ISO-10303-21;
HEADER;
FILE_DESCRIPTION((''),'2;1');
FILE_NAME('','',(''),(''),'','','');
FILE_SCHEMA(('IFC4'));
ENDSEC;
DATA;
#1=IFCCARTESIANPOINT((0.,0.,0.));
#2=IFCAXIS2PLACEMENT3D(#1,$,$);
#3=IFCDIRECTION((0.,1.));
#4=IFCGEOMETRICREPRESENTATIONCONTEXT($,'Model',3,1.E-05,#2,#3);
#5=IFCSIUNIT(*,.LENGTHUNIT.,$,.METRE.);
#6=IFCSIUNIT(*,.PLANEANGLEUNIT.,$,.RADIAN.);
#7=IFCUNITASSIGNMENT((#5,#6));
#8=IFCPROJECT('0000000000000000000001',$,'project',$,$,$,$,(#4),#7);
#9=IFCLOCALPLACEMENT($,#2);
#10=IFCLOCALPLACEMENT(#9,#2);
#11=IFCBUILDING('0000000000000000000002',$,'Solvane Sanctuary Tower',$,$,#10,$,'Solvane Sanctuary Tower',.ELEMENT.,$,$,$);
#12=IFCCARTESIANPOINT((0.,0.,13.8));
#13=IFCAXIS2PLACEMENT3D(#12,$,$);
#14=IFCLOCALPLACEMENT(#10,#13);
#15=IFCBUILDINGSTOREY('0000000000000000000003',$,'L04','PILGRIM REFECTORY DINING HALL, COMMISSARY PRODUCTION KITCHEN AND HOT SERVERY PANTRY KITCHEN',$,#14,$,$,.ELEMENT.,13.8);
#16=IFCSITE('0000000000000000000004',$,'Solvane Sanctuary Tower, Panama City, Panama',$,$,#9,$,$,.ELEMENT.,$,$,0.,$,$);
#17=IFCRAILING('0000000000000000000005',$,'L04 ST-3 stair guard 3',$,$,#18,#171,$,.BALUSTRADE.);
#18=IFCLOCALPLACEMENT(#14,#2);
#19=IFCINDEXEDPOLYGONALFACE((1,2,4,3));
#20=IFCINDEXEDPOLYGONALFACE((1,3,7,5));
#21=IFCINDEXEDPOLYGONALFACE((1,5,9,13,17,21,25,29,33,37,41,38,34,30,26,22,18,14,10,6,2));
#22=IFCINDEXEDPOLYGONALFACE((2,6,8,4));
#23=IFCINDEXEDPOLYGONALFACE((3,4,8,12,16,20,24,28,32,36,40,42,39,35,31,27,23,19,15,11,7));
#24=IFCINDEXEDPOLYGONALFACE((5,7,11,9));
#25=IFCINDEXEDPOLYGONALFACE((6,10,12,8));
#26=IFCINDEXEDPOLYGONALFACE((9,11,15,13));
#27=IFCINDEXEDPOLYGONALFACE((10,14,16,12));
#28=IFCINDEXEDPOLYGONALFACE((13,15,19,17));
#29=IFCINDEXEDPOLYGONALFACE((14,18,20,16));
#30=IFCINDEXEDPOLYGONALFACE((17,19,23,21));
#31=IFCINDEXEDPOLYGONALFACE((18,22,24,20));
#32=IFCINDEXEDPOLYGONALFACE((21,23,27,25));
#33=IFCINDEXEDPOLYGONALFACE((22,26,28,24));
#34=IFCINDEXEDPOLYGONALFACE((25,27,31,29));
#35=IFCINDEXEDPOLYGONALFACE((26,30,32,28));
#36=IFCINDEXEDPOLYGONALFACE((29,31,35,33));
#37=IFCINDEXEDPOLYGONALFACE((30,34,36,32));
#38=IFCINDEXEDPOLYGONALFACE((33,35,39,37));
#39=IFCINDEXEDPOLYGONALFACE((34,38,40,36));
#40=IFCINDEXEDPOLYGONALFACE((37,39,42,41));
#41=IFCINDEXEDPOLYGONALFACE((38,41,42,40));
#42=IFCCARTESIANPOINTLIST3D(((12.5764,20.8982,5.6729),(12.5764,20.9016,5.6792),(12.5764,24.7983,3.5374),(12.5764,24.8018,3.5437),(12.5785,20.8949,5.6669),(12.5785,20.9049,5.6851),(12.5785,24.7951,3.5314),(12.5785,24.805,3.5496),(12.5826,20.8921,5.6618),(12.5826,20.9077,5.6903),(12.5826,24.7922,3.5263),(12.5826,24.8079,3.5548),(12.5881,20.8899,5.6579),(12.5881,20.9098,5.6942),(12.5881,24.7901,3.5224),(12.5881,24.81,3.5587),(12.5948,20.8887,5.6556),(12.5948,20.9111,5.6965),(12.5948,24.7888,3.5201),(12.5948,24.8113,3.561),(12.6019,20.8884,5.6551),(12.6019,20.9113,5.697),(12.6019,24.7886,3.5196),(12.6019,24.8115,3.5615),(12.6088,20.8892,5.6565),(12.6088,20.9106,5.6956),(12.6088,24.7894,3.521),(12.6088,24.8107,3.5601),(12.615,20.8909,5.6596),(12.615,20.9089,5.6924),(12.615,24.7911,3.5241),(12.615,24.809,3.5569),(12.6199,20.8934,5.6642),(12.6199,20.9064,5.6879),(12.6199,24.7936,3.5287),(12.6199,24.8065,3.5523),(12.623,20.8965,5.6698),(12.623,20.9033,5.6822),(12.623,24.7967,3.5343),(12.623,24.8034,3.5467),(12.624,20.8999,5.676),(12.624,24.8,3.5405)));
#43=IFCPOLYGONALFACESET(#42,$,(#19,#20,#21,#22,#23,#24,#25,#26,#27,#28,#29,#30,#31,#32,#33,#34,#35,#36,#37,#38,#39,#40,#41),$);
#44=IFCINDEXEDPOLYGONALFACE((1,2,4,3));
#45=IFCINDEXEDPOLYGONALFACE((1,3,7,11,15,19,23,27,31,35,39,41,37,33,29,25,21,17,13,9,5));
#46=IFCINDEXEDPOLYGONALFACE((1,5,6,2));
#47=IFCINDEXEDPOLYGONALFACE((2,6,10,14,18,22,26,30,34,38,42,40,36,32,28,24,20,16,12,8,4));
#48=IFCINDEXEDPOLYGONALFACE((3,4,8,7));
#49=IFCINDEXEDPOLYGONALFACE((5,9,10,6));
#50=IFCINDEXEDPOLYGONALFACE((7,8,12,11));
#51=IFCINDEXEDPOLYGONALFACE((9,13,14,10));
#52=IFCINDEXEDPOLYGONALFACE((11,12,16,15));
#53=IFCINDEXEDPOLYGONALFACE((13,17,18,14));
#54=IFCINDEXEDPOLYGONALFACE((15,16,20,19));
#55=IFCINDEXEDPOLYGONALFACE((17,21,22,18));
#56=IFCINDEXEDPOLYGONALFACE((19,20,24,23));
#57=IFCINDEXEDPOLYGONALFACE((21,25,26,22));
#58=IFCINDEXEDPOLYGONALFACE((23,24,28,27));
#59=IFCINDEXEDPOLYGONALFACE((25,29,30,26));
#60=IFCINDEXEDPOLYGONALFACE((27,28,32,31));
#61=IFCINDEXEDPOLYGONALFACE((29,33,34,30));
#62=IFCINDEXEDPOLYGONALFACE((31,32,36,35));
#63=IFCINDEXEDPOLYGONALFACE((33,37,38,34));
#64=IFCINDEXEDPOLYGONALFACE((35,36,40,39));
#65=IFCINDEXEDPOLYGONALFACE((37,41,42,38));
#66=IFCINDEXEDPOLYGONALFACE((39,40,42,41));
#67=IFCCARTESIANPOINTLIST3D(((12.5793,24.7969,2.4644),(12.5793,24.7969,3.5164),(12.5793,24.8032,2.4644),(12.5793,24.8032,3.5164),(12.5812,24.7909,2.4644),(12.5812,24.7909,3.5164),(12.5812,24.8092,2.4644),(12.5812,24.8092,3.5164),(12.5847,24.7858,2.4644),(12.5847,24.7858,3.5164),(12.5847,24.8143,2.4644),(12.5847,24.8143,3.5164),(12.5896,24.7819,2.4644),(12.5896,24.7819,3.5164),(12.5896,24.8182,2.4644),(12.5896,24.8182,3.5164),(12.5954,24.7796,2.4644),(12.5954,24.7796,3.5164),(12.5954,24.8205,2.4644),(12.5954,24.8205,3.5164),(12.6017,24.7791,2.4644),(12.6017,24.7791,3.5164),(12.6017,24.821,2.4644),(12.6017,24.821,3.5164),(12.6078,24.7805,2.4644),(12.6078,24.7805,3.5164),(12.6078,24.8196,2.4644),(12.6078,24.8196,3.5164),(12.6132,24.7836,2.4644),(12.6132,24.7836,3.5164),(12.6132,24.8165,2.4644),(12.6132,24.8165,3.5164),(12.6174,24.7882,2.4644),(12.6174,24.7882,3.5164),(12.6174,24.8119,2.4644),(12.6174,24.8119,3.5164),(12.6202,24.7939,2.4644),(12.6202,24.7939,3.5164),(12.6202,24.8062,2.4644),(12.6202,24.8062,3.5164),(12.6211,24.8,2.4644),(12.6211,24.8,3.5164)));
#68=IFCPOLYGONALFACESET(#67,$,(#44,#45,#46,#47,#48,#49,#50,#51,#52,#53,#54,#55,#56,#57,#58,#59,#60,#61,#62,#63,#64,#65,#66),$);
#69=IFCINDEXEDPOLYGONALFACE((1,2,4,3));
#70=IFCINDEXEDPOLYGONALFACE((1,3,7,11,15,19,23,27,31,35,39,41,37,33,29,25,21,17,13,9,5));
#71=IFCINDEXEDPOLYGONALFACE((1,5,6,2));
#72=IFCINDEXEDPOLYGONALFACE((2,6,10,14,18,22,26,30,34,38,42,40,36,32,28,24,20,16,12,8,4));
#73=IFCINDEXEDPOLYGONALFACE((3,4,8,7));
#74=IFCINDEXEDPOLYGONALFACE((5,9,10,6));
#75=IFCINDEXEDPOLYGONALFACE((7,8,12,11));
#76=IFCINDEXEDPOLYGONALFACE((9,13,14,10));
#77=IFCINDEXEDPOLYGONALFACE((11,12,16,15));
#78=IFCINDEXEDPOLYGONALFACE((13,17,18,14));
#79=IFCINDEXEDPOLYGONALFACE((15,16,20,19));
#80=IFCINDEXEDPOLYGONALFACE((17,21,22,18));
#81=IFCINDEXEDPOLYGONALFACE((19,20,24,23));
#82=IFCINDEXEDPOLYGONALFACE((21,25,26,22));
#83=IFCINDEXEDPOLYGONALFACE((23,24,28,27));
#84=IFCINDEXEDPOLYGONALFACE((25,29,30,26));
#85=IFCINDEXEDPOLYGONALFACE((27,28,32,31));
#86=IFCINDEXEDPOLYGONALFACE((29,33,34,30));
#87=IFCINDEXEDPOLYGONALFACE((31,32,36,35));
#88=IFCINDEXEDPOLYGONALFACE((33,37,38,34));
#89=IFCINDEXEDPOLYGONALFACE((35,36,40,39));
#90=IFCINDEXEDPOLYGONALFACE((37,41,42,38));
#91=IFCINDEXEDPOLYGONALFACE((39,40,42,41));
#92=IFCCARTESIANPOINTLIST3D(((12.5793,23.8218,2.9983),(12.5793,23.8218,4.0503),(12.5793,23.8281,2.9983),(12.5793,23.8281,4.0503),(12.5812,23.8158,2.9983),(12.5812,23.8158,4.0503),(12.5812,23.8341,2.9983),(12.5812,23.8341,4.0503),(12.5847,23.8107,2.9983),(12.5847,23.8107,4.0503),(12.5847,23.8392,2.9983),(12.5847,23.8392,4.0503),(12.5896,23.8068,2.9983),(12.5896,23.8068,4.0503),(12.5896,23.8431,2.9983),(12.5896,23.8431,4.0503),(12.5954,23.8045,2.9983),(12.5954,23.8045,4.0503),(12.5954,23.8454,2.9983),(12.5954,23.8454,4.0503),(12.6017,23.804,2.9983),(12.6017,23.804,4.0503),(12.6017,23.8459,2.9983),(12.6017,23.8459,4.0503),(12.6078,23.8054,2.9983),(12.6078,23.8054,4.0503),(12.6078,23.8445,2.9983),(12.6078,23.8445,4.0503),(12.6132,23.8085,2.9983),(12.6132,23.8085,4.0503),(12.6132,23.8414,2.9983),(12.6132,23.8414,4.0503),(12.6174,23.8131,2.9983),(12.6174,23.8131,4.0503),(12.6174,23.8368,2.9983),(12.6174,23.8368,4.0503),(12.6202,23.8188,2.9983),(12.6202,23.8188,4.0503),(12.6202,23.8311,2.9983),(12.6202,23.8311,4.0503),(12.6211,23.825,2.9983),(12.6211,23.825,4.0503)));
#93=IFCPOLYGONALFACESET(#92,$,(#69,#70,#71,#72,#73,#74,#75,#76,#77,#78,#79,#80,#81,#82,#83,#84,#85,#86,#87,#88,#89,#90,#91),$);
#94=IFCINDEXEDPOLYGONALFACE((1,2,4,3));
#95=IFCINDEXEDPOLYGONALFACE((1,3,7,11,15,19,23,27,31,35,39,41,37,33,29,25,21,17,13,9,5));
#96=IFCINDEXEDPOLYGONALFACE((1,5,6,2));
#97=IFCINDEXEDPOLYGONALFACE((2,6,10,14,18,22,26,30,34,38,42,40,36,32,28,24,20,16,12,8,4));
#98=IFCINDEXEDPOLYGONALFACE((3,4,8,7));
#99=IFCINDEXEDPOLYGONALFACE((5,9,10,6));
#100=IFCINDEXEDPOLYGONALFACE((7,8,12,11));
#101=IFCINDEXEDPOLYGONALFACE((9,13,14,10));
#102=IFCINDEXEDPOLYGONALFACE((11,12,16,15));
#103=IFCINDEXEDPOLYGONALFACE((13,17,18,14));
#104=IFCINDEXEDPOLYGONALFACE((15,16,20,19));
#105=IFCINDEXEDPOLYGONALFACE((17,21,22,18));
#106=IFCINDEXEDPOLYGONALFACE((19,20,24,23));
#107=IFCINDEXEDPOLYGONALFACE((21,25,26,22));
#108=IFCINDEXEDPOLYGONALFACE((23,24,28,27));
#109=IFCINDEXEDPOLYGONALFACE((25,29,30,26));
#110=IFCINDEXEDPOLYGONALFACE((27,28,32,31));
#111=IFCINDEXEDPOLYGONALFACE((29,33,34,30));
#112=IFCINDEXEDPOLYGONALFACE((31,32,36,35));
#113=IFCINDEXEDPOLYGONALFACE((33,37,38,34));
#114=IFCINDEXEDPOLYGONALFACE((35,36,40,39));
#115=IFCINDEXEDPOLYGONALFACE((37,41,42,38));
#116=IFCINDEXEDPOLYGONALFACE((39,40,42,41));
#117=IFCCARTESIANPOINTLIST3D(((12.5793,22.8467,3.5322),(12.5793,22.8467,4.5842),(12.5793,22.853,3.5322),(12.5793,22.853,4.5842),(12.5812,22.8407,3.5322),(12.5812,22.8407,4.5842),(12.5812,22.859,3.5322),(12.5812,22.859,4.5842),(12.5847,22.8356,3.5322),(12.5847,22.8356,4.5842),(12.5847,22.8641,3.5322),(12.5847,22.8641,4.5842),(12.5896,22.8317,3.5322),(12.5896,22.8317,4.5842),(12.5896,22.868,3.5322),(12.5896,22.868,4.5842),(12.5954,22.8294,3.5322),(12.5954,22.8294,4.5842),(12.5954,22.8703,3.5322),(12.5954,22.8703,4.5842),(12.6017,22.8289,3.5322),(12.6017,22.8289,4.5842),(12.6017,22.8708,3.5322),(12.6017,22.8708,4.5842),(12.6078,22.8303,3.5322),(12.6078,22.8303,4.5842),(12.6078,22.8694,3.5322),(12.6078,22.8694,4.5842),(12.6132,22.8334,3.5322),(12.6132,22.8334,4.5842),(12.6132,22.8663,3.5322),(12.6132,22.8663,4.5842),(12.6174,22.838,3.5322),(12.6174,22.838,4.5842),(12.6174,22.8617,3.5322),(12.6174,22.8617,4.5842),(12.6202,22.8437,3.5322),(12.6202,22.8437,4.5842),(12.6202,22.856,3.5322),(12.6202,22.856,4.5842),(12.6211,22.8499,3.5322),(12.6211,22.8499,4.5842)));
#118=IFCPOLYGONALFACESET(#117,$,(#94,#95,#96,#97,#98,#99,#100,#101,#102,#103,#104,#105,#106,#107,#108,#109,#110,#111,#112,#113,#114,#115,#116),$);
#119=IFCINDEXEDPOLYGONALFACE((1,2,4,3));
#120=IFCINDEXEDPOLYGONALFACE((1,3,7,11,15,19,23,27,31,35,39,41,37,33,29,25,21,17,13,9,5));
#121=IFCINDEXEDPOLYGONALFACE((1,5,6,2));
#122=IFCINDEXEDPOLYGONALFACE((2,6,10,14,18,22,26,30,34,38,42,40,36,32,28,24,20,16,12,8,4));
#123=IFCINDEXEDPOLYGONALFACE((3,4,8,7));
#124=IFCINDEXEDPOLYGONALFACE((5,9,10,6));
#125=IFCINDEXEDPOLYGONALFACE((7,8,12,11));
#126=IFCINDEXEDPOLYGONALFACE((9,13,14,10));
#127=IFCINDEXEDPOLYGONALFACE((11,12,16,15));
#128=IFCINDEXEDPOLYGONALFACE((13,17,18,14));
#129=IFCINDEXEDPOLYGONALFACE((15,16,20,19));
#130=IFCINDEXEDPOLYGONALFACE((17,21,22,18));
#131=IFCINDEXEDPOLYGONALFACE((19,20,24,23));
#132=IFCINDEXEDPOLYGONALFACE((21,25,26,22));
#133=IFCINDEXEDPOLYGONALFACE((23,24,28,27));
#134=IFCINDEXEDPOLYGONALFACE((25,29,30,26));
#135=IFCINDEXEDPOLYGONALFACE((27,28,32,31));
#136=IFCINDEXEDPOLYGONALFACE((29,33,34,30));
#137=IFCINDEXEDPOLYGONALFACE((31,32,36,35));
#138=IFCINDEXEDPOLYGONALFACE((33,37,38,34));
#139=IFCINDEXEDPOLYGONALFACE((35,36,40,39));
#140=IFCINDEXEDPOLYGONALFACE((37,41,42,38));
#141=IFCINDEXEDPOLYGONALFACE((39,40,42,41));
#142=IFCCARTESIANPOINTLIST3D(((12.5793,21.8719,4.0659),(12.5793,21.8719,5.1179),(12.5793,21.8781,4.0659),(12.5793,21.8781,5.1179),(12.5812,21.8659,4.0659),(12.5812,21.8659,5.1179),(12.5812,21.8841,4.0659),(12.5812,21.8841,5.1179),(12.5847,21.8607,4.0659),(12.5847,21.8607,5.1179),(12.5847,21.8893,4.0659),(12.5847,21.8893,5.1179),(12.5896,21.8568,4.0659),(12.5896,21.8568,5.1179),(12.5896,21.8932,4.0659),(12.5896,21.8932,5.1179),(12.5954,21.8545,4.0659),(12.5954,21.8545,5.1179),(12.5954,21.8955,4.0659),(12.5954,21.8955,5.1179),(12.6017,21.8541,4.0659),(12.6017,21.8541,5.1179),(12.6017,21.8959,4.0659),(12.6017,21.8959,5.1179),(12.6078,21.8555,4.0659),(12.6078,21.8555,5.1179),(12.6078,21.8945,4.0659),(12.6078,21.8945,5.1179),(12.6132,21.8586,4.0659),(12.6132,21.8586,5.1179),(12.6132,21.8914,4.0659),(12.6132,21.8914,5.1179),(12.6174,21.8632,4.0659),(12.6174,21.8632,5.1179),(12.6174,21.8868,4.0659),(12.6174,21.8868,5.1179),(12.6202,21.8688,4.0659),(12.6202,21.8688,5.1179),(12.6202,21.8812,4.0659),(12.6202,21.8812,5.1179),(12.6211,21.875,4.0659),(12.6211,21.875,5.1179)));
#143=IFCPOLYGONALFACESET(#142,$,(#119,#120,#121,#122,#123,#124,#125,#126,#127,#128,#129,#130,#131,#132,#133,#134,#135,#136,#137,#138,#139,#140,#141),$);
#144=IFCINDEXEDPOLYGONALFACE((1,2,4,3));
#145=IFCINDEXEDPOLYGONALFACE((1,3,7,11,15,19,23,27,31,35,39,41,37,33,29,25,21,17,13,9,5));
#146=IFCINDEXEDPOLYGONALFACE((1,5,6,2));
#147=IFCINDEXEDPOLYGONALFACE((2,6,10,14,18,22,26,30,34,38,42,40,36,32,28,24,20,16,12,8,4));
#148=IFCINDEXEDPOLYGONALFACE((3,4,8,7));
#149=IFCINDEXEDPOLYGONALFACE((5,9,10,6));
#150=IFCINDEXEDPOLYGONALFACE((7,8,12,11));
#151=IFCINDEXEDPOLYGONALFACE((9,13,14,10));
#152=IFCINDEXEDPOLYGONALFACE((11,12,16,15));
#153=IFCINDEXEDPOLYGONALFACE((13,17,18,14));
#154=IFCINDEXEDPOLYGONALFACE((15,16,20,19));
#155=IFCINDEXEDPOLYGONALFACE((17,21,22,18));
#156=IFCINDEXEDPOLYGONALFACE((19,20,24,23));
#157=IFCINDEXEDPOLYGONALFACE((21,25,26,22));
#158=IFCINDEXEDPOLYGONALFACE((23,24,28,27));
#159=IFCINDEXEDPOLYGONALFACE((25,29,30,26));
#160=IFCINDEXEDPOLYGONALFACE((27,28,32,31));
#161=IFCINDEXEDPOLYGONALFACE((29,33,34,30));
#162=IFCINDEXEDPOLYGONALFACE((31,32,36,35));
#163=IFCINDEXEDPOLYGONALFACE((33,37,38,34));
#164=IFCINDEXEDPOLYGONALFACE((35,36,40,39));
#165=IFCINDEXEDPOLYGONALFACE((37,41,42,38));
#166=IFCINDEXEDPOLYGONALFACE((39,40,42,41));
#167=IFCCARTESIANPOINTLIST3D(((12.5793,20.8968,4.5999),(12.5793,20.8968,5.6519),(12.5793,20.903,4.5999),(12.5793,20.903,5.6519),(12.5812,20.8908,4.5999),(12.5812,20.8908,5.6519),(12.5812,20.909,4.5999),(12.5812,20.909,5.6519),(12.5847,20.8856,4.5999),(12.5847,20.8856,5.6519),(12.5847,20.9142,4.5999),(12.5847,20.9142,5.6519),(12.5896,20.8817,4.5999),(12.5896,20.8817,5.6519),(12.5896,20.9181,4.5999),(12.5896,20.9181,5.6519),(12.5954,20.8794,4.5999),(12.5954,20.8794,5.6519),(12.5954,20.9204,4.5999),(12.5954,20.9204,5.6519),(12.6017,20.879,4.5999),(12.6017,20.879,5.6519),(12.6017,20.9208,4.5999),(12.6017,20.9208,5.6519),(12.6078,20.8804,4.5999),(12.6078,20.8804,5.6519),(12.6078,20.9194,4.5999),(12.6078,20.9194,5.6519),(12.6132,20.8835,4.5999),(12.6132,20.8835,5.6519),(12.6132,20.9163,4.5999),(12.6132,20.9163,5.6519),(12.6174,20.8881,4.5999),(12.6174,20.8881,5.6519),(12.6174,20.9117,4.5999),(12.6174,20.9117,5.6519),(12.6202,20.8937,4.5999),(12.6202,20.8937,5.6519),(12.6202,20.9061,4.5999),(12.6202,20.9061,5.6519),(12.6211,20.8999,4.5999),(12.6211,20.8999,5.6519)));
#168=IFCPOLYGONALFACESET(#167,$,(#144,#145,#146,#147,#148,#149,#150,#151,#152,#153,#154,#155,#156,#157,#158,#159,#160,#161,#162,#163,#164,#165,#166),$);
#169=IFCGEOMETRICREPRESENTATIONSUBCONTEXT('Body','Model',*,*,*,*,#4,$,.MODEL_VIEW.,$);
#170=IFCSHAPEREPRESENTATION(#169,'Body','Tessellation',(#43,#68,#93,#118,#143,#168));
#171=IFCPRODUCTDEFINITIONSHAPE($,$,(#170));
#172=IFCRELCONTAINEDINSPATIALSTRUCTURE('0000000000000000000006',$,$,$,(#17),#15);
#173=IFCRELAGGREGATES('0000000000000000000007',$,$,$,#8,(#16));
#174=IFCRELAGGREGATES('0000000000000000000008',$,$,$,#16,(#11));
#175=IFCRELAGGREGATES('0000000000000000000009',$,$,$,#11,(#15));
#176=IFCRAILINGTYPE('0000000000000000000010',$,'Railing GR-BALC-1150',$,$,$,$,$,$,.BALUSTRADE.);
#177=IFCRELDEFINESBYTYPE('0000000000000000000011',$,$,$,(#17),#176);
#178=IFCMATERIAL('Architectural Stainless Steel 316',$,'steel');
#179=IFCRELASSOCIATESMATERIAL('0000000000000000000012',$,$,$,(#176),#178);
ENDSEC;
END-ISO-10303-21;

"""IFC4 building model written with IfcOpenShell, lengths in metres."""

from ifc_helpers import new_model, si_unit, direction, frame, origin, origin_2d, place, context, subcontext, project, spatial, circle, extrude, material, type_object, element, save


model = new_model("IFC4")

# Units and contexts
model_context = context("Model", 3, precision=1e-05, world=origin(), true_north=direction((0.0, 1.0)))
body_context = subcontext(model_context, "Body", "Model", "MODEL_VIEW")
ifc_project = project(units=[si_unit("LENGTHUNIT", "METRE"), si_unit("PLANEANGLEUNIT", "RADIAN")], contexts=[model_context])

# Site, building, storey
site_placement = place(None, origin())
site = spatial("IfcSite", under=ifc_project, at=site_placement, Name="Solvane Sanctuary Tower, Panama City, Panama", CompositionType="ELEMENT", RefElevation=0.0)
building_placement = place(site_placement, origin())
building = spatial("IfcBuilding", under=site, at=building_placement, Name="Solvane Sanctuary Tower", LongName="Solvane Sanctuary Tower", CompositionType="ELEMENT")
storey_placement = place(building_placement, frame((0.0, 0.0, 13.8)))
storey = spatial("IfcBuildingStorey", under=building, at=storey_placement, Name="L04", Description="PILGRIM REFECTORY DINING HALL, COMMISSARY PRODUCTION KITCHEN AND HOT SERVERY PANTRY KITCHEN", CompositionType="ELEMENT", Elevation=13.8)

# Railing
ifc_material_1 = material(Name="Architectural Stainless Steel 316", Category="steel")
railing_type_1 = type_object("IfcRailingType", Name="Railing GR-BALC-1150", PredefinedType="BALUSTRADE", material=ifc_material_1)
railing_1_placement = place(storey_placement, frame((12.6001, 24.8, 2.4644)))
element("IfcRailing", 1, at=railing_1_placement, inside=storey, type_object=railing_type_1, Name="L04 ST-3 stair guard 3", PredefinedType="BALUSTRADE", context=body_context, shape_type="SweptSolid", body=[
    extrude(circle(Radius=0.0239, at=origin_2d()), frame((0.0, 0.0, 1.0762), z_axis=(0.0, -0.877124, 0.480263), x_axis=(1.0, 0.0, 0.0)), (0.0, 0.0, 1.0), 4.4465),
    extrude(circle(Radius=0.021, at=origin_2d()), origin(), (0.0, 0.0, 1.0), 1.052),
    extrude(circle(Radius=0.021, at=origin_2d()), frame((0.0, -0.9751, 0.5339)), (0.0, 0.0, 1.0), 1.052),
    extrude(circle(Radius=0.021, at=origin_2d()), frame((0.0, -1.9502, 1.0679)), (0.0, 0.0, 1.0), 1.052),
    extrude(circle(Radius=0.021, at=origin_2d()), frame((0.0, -2.925, 1.6016)), (0.0, 0.0, 1.0), 1.052),
    extrude(circle(Radius=0.021, at=origin_2d()), frame((0.0, -3.9001, 2.1355)), (0.0, 0.0, 1.0), 1.052),
])

save(model, "model.ifc")
